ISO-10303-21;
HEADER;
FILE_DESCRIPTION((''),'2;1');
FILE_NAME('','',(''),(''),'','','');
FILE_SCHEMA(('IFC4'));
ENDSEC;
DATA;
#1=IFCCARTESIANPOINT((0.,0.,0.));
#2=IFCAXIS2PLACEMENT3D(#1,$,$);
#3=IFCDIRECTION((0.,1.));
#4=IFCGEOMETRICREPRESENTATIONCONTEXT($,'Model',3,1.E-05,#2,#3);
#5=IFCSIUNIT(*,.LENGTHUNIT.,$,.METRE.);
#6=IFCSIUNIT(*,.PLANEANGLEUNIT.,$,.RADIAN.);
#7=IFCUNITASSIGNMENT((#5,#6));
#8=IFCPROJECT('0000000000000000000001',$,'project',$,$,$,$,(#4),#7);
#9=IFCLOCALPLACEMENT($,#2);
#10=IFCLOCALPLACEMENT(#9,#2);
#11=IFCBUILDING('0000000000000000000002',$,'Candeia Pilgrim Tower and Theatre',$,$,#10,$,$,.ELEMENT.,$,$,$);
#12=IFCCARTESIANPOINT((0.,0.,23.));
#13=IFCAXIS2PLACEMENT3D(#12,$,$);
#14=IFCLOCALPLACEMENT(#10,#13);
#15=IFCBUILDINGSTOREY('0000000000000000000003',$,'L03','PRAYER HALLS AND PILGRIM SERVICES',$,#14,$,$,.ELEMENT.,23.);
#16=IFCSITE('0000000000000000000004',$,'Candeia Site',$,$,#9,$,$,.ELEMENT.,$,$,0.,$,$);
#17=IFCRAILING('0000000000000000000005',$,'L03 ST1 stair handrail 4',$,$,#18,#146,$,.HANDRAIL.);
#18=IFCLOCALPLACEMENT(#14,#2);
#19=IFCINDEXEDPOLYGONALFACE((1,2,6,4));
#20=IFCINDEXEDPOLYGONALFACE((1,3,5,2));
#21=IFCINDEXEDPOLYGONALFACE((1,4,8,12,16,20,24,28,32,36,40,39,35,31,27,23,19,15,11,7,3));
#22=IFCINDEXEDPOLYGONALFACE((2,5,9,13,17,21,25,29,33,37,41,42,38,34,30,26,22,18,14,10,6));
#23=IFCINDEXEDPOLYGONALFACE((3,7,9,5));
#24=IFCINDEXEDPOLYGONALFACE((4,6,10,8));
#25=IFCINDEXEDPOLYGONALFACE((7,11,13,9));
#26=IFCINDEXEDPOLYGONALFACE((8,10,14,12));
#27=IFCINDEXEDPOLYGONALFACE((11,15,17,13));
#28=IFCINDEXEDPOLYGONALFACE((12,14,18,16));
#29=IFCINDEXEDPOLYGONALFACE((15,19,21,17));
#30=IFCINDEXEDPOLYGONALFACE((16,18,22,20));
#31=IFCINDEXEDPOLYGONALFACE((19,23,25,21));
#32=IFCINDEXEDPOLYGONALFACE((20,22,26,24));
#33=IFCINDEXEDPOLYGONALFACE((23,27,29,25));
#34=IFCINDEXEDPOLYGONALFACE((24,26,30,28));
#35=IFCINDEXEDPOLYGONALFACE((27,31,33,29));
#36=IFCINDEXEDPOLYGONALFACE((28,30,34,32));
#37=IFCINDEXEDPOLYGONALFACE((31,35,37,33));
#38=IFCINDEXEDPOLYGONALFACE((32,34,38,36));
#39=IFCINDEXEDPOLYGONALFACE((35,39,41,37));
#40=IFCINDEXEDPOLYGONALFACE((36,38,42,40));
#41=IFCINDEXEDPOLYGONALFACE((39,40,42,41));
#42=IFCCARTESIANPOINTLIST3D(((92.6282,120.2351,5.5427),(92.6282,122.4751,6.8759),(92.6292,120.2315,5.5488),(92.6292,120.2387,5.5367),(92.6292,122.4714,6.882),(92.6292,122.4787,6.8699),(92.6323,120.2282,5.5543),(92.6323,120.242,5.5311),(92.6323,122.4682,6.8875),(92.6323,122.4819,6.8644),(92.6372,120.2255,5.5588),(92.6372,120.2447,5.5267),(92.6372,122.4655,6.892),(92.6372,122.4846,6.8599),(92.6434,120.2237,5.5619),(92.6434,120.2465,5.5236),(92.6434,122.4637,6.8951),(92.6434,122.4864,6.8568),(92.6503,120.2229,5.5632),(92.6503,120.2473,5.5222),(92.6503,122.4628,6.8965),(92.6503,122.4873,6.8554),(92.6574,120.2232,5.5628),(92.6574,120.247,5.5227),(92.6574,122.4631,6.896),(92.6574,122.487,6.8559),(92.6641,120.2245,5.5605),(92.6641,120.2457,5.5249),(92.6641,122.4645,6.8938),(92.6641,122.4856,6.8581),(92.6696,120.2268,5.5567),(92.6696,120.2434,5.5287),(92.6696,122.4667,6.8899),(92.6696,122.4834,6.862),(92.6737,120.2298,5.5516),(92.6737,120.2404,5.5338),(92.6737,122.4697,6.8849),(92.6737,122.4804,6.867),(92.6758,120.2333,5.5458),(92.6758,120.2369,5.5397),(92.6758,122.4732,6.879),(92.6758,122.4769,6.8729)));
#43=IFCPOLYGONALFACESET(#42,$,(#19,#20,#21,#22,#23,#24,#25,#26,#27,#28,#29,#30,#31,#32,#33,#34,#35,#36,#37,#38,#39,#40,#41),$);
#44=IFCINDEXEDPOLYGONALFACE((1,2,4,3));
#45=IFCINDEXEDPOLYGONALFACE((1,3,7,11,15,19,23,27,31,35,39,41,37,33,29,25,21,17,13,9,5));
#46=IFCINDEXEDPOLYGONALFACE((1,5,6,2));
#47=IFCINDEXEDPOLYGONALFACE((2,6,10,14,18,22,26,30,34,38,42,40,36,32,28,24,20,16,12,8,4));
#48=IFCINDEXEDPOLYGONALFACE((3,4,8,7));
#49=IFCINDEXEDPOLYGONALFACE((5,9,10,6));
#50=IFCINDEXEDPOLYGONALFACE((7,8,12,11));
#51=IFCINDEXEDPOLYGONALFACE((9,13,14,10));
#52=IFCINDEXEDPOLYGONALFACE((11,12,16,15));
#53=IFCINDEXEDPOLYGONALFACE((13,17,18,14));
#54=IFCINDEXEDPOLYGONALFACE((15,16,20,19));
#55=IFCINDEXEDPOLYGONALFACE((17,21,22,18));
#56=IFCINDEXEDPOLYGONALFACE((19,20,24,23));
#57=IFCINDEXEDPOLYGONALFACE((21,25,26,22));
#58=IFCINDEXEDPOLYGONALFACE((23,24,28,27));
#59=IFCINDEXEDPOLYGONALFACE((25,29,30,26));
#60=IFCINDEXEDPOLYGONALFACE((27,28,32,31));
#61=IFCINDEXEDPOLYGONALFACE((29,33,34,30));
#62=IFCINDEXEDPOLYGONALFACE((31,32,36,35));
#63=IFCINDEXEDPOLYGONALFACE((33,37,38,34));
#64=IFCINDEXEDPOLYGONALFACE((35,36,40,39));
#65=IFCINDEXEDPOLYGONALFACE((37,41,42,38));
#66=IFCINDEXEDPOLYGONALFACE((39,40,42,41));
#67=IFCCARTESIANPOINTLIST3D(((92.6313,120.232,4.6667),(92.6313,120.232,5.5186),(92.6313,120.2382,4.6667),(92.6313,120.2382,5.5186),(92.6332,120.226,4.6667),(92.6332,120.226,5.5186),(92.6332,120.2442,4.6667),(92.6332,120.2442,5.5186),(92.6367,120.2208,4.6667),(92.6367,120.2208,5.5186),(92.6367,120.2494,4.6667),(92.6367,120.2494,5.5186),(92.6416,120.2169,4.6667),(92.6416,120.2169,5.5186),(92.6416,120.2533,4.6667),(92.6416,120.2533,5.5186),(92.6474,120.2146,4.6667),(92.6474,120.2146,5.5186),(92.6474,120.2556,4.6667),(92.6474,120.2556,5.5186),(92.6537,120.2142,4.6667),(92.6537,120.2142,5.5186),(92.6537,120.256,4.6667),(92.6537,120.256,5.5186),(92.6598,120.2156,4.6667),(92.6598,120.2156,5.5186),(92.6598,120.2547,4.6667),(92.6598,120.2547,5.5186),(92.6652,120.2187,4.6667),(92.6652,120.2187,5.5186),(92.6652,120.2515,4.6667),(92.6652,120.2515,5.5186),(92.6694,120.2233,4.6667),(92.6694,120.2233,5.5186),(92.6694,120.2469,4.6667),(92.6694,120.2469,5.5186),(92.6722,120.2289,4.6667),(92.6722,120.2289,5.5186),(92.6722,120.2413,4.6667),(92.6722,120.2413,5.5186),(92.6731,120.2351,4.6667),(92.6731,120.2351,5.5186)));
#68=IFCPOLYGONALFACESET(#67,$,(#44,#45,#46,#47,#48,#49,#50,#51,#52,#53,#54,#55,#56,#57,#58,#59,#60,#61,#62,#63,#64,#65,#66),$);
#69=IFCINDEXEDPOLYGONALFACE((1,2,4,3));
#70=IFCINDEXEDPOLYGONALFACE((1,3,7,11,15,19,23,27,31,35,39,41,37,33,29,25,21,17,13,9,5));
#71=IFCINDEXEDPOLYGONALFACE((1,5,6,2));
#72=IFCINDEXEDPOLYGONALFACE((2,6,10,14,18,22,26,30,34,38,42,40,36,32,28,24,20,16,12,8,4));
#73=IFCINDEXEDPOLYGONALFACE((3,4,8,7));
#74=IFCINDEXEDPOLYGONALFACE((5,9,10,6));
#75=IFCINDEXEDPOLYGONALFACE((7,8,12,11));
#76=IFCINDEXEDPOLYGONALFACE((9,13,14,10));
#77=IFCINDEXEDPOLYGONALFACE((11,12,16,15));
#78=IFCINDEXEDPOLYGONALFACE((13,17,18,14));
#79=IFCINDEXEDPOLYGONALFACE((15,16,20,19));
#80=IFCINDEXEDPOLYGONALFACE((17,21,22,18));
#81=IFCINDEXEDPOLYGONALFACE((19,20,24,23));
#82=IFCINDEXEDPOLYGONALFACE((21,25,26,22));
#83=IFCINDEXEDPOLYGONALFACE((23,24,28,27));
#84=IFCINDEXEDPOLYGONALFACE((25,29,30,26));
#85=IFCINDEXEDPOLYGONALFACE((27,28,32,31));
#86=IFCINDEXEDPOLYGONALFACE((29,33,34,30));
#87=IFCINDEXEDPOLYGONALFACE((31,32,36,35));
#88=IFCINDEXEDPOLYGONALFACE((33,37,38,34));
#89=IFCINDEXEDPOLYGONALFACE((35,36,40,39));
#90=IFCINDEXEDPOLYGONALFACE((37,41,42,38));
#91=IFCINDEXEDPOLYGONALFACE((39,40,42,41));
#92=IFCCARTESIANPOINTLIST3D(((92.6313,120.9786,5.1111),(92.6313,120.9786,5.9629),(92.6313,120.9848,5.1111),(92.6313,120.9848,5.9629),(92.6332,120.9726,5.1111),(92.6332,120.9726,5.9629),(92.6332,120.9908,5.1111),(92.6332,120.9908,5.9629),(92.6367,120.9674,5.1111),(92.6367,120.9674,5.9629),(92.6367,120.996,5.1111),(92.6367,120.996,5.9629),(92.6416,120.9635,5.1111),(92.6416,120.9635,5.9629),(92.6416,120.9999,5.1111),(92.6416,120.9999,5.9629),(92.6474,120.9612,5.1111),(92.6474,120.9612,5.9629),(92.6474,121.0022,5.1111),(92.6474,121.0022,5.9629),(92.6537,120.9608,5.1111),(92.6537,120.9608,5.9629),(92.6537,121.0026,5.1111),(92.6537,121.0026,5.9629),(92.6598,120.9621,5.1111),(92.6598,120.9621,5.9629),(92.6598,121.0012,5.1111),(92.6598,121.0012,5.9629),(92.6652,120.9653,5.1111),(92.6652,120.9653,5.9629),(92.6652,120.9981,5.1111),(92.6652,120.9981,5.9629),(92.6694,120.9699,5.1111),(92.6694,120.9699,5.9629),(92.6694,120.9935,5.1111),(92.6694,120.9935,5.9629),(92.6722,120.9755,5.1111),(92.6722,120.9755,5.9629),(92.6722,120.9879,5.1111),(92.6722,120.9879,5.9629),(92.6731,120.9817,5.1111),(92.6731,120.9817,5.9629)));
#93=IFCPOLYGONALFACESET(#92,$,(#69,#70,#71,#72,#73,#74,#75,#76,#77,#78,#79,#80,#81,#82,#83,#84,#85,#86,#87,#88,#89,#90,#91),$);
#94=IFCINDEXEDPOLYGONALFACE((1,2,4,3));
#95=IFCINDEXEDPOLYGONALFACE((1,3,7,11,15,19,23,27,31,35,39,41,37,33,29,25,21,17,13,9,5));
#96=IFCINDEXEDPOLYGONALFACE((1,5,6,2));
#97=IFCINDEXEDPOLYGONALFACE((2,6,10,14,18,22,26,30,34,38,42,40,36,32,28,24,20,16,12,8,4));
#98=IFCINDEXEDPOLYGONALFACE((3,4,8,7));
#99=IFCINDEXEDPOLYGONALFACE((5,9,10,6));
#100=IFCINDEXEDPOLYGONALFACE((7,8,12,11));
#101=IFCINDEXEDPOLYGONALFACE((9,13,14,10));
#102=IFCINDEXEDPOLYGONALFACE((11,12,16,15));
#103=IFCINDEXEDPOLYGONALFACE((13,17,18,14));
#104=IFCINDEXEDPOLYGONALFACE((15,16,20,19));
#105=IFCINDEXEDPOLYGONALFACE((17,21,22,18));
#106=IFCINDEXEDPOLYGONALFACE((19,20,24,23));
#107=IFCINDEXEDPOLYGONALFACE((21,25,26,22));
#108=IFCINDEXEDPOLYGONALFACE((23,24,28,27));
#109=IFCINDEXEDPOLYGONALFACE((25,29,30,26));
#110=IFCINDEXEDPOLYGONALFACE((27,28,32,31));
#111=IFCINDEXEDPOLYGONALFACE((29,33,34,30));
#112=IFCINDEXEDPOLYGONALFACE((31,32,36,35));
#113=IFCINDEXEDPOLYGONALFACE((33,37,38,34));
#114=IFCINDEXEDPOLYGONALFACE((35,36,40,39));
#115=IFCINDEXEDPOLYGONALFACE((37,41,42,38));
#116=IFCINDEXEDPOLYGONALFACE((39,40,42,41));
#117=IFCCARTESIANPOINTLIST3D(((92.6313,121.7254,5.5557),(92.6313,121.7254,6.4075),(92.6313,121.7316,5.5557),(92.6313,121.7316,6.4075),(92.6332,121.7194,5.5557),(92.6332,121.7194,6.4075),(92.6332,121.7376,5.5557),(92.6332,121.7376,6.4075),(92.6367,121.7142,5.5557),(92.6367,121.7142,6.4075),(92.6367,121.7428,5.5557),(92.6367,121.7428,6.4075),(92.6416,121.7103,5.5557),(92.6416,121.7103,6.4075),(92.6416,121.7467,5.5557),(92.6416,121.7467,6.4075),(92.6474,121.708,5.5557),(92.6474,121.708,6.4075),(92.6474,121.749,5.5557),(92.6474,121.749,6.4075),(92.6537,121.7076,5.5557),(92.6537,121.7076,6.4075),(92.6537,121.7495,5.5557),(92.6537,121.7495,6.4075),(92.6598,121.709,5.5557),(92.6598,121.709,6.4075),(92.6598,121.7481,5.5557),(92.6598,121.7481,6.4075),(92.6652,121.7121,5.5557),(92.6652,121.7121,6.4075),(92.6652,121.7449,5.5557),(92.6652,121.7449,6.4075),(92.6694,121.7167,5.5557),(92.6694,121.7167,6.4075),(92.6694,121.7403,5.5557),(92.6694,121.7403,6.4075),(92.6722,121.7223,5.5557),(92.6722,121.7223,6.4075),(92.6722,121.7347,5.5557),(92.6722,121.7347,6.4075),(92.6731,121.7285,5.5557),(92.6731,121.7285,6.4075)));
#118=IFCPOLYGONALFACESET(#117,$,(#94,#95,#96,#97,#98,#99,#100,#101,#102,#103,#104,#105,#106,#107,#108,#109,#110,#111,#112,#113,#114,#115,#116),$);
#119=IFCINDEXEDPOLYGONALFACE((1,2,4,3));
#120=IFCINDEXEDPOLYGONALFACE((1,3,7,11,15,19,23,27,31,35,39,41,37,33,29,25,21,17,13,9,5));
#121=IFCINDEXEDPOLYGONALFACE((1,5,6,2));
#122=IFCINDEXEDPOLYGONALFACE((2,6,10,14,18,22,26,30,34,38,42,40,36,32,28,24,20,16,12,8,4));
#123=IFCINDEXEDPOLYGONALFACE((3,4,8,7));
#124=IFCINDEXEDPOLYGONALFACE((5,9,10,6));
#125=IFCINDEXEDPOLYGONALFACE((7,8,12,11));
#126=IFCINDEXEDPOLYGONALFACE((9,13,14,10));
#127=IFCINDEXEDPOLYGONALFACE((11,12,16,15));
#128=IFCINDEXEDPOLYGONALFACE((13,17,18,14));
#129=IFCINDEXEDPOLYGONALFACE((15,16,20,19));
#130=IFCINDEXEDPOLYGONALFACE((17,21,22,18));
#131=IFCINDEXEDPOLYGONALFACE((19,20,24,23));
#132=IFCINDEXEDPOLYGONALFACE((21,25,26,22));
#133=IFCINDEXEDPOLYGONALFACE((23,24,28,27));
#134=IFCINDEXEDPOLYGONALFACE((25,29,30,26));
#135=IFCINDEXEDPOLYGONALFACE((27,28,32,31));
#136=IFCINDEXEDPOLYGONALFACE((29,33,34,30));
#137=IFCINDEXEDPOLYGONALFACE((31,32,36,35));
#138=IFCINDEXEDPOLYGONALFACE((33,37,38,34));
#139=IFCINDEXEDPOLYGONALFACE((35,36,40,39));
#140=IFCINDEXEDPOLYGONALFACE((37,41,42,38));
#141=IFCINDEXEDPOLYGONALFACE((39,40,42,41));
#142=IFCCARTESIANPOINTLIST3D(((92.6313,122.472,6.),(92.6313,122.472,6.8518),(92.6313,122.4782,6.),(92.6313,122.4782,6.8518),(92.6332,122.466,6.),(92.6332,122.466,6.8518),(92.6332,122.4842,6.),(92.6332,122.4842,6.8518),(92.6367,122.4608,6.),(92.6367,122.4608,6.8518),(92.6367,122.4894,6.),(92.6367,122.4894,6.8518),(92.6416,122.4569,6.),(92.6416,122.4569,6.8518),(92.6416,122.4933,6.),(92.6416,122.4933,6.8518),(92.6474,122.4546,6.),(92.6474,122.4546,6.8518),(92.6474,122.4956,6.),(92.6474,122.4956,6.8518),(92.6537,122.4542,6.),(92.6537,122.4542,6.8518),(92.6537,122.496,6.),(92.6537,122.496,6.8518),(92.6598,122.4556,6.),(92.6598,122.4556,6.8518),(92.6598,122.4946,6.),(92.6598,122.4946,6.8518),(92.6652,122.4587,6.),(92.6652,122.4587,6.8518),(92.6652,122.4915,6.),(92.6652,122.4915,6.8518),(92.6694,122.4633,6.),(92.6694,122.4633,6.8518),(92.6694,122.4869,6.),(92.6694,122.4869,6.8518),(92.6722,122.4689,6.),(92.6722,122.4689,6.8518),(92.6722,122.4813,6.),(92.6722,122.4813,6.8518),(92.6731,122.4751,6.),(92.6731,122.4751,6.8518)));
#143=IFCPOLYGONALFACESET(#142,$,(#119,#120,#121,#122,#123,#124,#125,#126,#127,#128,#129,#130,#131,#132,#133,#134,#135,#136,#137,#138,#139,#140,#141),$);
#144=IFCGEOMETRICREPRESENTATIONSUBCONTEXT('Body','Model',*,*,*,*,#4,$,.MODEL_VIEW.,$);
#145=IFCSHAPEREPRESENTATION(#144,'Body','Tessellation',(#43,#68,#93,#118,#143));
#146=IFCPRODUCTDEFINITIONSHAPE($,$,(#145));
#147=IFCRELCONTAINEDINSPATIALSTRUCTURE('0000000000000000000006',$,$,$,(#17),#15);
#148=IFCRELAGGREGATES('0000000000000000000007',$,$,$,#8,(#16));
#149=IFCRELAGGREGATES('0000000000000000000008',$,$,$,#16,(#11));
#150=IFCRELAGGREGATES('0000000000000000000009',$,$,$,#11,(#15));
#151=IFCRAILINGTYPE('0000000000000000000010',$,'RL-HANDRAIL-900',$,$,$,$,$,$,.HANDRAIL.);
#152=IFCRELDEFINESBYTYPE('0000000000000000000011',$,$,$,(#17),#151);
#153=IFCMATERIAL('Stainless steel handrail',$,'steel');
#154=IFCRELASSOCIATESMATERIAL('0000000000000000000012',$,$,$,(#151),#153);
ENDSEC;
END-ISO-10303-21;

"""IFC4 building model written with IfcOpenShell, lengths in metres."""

from ifc_helpers import new_model, si_unit, direction, frame, origin, origin_2d, place, context, subcontext, project, spatial, circle, extrude, material, type_object, element, save


model = new_model("IFC4")

# Units and contexts
model_context = context("Model", 3, precision=1e-05, world=origin(), true_north=direction((0.0, 1.0)))
body_context = subcontext(model_context, "Body", "Model", "MODEL_VIEW")
ifc_project = project(units=[si_unit("LENGTHUNIT", "METRE"), si_unit("PLANEANGLEUNIT", "RADIAN")], contexts=[model_context])

# Site, building, storey
site_placement = place(None, origin())
site = spatial("IfcSite", under=ifc_project, at=site_placement, Name="Candeia Site", CompositionType="ELEMENT", RefElevation=0.0)
building_placement = place(site_placement, origin())
building = spatial("IfcBuilding", under=site, at=building_placement, Name="Candeia Pilgrim Tower and Theatre", CompositionType="ELEMENT")
storey_placement = place(building_placement, frame((0.0, 0.0, 23.0)))
storey = spatial("IfcBuildingStorey", under=building, at=storey_placement, Name="L03", Description="PRAYER HALLS AND PILGRIM SERVICES", CompositionType="ELEMENT", Elevation=23.0)

# Railing
ifc_material_1 = material(Name="Stainless steel handrail", Category="steel")
railing_type = type_object("IfcRailingType", Name="RL-HANDRAIL-900", PredefinedType="HANDRAIL", material=ifc_material_1)
for number, where, name in (
    (1, (92.6521, 120.2351, 4.6667), "L03 ST1 stair handrail 4"),
):
    element("IfcRailing", number, at=place(storey_placement, frame(where)), inside=storey, type_object=railing_type, Name=name, PredefinedType="HANDRAIL", context=body_context, shape_type="SweptSolid", body=[
        extrude(circle(Radius=0.0239, at=origin_2d()), frame((0.0, 0.0, 0.876), z_axis=(0.0, 0.859306, 0.511462), x_axis=(-1.0, 0.0, 0.0)), (0.0, 0.0, 1.0), 2.6067),
        extrude(circle(Radius=0.021, at=origin_2d()), origin(), (0.0, 0.0, 1.0), 0.8518),
        extrude(circle(Radius=0.021, at=origin_2d()), frame((0.0, 0.7466, 0.4443)), (0.0, 0.0, 1.0), 0.8518),
        extrude(circle(Radius=0.021, at=origin_2d()), frame((0.0, 1.4934, 0.8889)), (0.0, 0.0, 1.0), 0.8518),
        extrude(circle(Radius=0.021, at=origin_2d()), frame((0.0, 2.24, 1.3333)), (0.0, 0.0, 1.0), 0.8518),
    ])

save(model, "model.ifc")
